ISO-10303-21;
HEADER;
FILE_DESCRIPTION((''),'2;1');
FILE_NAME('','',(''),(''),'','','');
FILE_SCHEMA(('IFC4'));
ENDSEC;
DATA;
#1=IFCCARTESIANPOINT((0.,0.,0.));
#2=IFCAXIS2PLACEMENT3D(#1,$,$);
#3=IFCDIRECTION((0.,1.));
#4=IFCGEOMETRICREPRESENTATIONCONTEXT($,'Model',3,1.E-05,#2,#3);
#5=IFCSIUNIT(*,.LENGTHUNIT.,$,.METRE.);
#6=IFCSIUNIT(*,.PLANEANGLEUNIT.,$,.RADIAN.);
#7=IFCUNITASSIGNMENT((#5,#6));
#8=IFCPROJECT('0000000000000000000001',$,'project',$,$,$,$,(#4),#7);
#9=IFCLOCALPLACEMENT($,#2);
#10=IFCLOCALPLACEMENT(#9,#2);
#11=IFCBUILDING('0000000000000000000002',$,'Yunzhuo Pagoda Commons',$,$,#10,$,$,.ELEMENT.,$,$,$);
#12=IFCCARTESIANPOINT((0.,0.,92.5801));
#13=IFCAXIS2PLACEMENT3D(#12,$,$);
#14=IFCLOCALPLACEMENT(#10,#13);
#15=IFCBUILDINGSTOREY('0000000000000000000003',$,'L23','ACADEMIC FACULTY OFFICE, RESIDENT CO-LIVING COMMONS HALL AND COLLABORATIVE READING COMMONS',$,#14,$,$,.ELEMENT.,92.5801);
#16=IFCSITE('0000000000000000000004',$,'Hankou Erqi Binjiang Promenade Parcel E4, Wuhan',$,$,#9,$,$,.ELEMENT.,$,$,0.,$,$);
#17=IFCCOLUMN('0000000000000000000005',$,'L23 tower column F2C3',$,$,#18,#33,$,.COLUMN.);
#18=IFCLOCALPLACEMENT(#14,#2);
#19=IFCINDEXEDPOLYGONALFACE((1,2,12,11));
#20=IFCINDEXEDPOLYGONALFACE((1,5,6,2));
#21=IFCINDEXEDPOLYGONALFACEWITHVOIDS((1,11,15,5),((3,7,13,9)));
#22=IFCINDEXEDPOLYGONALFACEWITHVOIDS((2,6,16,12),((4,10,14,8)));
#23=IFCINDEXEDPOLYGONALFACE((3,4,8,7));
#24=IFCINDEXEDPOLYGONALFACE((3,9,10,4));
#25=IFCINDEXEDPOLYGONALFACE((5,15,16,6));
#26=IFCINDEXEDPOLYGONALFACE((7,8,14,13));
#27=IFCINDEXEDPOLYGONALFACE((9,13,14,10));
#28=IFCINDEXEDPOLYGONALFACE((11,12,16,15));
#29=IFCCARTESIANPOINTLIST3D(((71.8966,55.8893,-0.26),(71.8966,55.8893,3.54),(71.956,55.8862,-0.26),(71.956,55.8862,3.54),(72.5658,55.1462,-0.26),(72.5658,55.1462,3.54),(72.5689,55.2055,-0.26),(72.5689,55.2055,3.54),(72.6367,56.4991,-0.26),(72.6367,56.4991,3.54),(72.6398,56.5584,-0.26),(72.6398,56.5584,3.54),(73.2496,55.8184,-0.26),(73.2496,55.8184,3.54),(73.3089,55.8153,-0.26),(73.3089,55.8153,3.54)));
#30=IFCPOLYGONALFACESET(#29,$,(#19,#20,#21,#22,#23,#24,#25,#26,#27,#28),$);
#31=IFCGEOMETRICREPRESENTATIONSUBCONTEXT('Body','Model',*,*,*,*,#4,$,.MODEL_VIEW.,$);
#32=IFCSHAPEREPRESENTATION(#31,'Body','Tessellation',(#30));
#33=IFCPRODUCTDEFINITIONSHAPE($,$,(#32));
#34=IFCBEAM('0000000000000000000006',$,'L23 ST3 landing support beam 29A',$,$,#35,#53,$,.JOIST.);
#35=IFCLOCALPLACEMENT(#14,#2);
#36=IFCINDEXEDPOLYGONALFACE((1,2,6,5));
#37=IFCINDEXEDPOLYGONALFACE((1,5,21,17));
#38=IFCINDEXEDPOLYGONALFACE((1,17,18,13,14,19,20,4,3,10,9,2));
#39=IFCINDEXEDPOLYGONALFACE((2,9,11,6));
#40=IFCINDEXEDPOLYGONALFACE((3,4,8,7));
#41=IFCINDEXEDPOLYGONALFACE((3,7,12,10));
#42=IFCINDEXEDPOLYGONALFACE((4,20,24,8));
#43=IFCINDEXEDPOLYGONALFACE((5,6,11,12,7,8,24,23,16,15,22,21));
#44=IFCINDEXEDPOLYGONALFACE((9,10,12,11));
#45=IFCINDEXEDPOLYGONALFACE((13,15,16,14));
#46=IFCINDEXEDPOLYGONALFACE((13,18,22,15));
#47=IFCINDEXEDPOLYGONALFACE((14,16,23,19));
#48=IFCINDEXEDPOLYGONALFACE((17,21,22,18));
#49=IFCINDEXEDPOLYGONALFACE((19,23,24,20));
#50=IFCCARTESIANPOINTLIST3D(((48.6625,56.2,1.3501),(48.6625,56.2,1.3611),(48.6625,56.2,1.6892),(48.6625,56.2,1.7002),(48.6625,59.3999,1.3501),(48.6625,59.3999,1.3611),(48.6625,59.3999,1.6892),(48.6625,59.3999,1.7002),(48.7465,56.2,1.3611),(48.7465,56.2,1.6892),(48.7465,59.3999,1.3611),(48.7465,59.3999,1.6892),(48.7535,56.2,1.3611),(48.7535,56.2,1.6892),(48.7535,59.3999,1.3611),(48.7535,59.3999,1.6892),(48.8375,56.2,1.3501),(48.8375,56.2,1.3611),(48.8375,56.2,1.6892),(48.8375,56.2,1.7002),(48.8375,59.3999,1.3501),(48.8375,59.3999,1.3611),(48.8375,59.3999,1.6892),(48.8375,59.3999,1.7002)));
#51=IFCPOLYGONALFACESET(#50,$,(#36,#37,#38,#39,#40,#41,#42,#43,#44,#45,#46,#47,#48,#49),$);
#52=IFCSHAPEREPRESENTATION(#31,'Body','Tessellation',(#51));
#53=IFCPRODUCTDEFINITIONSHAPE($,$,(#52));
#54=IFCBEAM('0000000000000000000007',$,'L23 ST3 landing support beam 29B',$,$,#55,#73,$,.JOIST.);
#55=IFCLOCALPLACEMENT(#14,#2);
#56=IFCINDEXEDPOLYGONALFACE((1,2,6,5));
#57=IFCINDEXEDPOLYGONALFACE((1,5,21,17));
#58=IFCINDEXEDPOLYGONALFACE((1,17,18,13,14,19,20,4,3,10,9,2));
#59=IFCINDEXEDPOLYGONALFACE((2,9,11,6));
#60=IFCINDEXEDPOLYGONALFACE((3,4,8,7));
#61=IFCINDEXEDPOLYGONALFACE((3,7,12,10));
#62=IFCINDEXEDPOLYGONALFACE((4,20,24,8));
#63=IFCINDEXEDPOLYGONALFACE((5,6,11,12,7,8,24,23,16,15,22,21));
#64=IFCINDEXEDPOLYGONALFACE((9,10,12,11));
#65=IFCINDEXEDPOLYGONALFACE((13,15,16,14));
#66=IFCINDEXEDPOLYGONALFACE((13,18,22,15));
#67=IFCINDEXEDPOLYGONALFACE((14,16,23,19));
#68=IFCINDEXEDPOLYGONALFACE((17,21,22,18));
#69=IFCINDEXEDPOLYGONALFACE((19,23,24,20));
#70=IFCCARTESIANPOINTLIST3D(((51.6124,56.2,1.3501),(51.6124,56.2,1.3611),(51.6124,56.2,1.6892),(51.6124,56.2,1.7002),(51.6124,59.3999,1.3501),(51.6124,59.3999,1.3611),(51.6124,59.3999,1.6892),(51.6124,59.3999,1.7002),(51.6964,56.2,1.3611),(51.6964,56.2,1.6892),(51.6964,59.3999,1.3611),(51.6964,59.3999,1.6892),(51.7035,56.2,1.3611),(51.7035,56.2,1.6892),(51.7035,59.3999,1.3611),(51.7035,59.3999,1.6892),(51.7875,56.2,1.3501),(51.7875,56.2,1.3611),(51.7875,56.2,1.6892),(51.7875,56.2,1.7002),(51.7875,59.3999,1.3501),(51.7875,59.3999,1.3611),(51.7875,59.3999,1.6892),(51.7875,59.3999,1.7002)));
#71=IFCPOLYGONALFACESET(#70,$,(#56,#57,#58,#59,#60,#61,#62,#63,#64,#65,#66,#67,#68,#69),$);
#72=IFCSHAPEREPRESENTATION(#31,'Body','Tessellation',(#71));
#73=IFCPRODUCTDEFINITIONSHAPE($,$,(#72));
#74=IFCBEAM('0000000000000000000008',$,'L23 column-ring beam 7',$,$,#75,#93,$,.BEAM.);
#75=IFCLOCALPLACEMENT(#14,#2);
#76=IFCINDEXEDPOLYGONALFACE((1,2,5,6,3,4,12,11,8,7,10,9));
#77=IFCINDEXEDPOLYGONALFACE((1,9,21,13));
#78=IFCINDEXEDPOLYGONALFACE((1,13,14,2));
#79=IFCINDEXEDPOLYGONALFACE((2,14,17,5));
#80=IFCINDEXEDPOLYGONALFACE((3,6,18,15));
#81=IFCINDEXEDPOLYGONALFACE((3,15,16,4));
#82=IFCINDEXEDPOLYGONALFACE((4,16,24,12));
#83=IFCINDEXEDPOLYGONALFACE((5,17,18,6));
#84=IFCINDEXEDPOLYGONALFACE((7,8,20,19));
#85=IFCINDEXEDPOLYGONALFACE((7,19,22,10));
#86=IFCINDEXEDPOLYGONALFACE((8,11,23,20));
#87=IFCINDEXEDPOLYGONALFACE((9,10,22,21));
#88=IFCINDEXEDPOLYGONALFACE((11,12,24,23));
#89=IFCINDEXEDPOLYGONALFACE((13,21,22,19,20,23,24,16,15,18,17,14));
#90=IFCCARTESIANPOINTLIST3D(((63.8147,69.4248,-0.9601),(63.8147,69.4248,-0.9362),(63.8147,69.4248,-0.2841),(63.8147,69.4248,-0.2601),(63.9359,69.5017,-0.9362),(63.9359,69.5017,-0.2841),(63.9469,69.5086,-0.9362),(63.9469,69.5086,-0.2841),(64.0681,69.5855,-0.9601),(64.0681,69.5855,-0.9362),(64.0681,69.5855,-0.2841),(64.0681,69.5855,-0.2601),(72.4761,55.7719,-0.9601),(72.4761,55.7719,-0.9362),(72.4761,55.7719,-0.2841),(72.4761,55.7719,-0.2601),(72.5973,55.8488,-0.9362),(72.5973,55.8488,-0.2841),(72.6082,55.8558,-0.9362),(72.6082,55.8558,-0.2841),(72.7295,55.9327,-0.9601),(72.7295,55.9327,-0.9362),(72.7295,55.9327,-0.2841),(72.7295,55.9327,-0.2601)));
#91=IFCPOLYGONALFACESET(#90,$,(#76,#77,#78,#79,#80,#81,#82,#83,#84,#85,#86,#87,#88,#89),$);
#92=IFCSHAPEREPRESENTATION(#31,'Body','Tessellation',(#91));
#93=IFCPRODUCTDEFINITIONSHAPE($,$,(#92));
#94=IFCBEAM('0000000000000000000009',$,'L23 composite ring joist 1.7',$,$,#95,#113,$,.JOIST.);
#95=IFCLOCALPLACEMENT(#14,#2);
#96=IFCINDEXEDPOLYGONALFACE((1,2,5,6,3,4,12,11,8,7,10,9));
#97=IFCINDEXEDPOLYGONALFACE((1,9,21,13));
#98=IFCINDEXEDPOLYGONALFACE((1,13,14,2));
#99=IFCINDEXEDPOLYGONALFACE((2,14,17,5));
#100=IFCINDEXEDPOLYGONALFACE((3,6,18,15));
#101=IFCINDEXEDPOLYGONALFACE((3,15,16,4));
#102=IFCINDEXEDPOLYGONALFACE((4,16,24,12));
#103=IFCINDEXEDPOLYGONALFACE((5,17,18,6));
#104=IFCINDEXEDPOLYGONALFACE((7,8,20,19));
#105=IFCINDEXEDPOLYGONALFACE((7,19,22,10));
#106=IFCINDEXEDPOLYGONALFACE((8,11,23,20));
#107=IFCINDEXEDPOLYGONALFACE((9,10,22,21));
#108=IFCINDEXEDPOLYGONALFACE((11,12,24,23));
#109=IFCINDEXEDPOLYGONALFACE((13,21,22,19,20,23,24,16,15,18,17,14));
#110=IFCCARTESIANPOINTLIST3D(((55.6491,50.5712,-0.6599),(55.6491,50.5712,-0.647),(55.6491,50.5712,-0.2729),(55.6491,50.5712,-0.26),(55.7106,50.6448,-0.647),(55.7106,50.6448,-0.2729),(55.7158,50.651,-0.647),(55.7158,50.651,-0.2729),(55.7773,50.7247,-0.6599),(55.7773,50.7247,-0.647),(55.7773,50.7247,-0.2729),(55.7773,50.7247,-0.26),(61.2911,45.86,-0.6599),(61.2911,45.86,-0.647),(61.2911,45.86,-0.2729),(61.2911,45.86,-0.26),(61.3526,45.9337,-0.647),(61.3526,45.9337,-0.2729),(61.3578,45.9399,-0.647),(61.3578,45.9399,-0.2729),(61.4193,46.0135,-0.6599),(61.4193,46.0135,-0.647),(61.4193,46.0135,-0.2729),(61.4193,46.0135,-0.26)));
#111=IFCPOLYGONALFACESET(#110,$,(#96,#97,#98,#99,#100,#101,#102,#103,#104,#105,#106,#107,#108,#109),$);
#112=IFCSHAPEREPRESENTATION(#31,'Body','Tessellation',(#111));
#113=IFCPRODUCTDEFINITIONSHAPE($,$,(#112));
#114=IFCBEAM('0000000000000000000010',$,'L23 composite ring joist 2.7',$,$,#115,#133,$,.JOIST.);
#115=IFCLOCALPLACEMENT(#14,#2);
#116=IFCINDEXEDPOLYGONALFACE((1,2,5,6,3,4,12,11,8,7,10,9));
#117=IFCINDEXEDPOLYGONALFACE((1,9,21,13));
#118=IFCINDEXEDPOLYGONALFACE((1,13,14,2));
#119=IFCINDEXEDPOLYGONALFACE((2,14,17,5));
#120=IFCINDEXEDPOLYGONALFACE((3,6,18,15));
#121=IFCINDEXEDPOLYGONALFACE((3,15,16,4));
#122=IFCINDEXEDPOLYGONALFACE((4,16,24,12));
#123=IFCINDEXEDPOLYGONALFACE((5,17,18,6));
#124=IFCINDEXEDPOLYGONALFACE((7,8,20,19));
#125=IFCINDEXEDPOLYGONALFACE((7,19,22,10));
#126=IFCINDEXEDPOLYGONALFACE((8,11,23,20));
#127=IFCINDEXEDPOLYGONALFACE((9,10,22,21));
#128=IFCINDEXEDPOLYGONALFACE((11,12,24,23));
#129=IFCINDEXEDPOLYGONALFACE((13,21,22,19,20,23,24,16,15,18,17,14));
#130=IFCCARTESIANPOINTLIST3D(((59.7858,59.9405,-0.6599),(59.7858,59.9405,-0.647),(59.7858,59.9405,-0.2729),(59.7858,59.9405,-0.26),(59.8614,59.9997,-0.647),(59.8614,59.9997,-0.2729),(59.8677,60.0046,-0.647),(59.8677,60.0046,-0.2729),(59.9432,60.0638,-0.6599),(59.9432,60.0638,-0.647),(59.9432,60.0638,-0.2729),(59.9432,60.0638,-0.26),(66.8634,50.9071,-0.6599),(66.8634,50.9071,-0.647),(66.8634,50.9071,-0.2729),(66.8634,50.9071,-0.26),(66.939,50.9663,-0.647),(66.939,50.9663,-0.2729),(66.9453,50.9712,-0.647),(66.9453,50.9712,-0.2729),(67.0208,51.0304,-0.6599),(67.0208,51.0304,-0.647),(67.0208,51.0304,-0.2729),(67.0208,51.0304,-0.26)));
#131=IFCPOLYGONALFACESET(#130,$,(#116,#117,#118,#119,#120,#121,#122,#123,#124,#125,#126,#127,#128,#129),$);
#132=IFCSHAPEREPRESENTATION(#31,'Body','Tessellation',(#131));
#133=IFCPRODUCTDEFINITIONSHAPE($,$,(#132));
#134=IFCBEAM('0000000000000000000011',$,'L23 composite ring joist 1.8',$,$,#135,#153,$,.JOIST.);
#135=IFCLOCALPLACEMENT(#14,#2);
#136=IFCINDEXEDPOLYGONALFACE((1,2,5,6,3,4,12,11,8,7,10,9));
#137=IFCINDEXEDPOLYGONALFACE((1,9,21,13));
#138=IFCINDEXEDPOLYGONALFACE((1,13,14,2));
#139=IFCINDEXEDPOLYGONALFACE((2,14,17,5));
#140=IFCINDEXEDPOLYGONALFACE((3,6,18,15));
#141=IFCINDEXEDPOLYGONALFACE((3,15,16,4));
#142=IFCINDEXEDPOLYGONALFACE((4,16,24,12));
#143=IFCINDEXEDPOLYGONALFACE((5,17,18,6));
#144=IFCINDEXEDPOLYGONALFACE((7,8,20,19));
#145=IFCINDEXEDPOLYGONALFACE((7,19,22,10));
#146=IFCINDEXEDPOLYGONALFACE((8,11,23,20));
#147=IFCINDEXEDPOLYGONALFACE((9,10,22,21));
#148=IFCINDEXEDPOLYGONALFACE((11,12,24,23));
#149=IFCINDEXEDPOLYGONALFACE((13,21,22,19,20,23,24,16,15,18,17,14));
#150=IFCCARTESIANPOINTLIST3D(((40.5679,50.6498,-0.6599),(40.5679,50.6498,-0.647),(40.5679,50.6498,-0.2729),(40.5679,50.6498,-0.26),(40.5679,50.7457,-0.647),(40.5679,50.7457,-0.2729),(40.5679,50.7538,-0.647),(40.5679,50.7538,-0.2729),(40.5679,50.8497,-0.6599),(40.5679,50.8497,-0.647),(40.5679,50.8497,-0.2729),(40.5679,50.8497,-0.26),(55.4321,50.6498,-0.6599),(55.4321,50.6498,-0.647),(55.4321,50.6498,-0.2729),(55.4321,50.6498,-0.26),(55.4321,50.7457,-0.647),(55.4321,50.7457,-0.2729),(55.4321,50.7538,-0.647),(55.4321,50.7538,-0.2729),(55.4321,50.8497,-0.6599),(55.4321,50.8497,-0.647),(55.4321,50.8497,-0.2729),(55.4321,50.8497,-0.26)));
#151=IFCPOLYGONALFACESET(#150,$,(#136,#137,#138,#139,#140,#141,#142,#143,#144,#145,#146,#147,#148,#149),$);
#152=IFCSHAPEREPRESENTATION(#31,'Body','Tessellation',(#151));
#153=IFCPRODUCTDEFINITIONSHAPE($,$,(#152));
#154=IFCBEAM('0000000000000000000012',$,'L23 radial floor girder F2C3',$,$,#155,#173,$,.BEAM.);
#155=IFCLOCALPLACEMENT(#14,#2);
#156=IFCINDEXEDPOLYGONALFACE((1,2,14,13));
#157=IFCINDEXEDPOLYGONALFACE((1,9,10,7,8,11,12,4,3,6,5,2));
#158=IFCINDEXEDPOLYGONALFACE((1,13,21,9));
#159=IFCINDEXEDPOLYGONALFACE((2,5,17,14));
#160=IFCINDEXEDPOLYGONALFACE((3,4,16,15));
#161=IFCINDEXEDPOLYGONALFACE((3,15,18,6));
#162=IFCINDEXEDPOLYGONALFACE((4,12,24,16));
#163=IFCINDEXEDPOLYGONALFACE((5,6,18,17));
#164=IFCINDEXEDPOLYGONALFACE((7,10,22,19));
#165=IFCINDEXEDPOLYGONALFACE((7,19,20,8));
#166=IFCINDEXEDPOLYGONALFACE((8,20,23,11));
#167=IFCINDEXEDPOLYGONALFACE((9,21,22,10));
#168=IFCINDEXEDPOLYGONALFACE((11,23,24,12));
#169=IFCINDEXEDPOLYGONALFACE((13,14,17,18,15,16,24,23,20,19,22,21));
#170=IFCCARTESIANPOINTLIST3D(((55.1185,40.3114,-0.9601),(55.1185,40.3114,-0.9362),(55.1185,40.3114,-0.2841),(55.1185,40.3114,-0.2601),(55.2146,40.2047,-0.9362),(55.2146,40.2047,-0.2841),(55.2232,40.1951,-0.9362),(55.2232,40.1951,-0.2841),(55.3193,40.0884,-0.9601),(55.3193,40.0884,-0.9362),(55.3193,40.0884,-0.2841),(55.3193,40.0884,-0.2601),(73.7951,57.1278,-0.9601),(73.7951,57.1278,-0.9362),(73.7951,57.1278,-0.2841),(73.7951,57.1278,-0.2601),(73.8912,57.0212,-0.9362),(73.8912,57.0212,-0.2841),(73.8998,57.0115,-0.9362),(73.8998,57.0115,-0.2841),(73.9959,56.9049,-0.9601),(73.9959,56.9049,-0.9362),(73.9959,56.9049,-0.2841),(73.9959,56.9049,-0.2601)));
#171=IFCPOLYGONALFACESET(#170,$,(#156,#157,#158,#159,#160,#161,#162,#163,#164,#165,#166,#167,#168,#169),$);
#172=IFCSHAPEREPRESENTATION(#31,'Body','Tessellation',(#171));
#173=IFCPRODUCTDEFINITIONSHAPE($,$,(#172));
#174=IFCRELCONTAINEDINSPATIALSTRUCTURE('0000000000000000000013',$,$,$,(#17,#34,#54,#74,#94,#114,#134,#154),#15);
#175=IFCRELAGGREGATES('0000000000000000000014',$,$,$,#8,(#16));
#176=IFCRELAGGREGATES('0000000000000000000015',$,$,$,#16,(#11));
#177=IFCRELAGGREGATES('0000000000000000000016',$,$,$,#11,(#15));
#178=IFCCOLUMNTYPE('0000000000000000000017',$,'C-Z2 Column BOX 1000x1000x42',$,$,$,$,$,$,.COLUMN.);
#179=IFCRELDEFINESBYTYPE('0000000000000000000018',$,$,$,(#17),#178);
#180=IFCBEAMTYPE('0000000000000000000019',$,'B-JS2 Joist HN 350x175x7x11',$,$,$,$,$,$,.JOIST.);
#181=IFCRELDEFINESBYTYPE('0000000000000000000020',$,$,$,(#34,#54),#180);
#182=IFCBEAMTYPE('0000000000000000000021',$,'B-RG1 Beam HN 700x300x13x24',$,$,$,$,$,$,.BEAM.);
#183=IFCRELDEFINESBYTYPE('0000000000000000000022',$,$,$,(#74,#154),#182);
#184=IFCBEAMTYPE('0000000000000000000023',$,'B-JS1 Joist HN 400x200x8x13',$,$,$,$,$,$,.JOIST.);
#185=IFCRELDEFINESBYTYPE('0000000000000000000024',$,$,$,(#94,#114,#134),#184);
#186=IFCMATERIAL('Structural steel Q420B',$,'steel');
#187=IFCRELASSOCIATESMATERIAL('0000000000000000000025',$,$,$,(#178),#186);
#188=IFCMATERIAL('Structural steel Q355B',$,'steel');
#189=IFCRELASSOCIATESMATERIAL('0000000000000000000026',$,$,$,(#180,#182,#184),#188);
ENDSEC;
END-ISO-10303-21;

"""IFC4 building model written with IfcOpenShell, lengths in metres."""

from ifc_helpers import new_model, si_unit, direction, frame, origin, origin_2d, place, context, subcontext, project, spatial, hollow_rectangle, i_section, extrude, source, transform, mapped, material, material_profile, profile_set, type_object, element, save


model = new_model("IFC4")

# Units and contexts
model_context = context("Model", 3, precision=1e-05, world=origin(), true_north=direction((0.0, 1.0)))
body_context = subcontext(model_context, "Body", "Model", "MODEL_VIEW")
ifc_project = project(units=[si_unit("LENGTHUNIT", "METRE"), si_unit("PLANEANGLEUNIT", "RADIAN")], contexts=[model_context])

# Site, building, storey
site_placement = place(None, origin())
site = spatial("IfcSite", under=ifc_project, at=site_placement, Name="Hankou Erqi Binjiang Promenade Parcel E4, Wuhan", CompositionType="ELEMENT", RefElevation=0.0)
building_placement = place(site_placement, origin())
building = spatial("IfcBuilding", under=site, at=building_placement, Name="Yunzhuo Pagoda Commons", CompositionType="ELEMENT")
storey_placement = place(building_placement, frame((0.0, 0.0, 92.5801)))
storey = spatial("IfcBuildingStorey", under=building, at=storey_placement, Name="L23", Description="ACADEMIC FACULTY OFFICE, RESIDENT CO-LIVING COMMONS HALL AND COLLABORATIVE READING COMMONS", CompositionType="ELEMENT", Elevation=92.5801)

# Column
ifc_material_1 = material(Name="Structural steel Q420B", Category="steel")
ifc_material_profile_1 = material_profile(ifc_material_1, hollow_rectangle(XDim=1.0, YDim=1.0, WallThickness=0.042, at=origin_2d()), Name="Structural steel Q420B")
ifc_profile_set_1 = profile_set([ifc_material_profile_1], Name="Structural steel Q420B")
column_type = type_object("IfcColumnType", Name="C-Z2 Column BOX 1000x1000x42", PredefinedType="COLUMN", material=ifc_profile_set_1)
shared_shape_1 = source(origin(), body_context, "Body", "SweptSolid", [
    extrude(hollow_rectangle(XDim=1.0, YDim=1.0, WallThickness=0.042, at=origin_2d()), origin(), (0.0, 0.0, 1.0), 3.8),
])
column_placement = place(storey_placement, frame((72.6028, 55.8523, -0.26), z_axis=(0.0, 0.0, 1.0), x_axis=(-0.669131, 0.743145, 0.0)))
element("IfcColumn", 1, at=column_placement, inside=storey, type_object=column_type, Name="L23 tower column F2C3", PredefinedType="COLUMN", context=body_context, shape_type="MappedRepresentation", body=[
    mapped(shared_shape_1, transform((0.0, 0.0, 0.0), scale=1.0)),
])

# Beams
ifc_material_2 = material(Name="Structural steel Q355B", Category="steel")
ifc_material_profile_2 = material_profile(ifc_material_2, i_section(OverallWidth=0.175, OverallDepth=0.3501, WebThickness=0.0071, FlangeThickness=0.011, at=origin_2d()), Name="Structural steel Q355B")
ifc_profile_set_2 = profile_set([ifc_material_profile_2], Name="Structural steel Q355B")
beam_type_1 = type_object("IfcBeamType", Name="B-JS2 Joist HN 350x175x7x11", PredefinedType="JOIST", material=ifc_profile_set_2)
shared_shape_2 = source(origin(), body_context, "Body", "SweptSolid", [
    extrude(i_section(OverallWidth=0.175, OverallDepth=0.3501, WebThickness=0.0071, FlangeThickness=0.011, at=origin_2d()), origin(), (0.0, 0.0, 1.0), 3.2),
])
for number, where, z_axis, x_axis, name in (
    (2, (48.75, 56.2, 1.5251), (0.0, 1.0, 0.0), (-1.0, 0.0, 0.0), "L23 ST3 landing support beam 29A"),
    (3, (51.7, 56.2, 1.5251), (0.0, 1.0, 0.0), (-1.0, 0.0, 0.0), "L23 ST3 landing support beam 29B"),
):
    element("IfcBeam", number, at=place(storey_placement, frame(where, z_axis=z_axis, x_axis=x_axis)), inside=storey, type_object=beam_type_1, Name=name, PredefinedType="JOIST", context=body_context, shape_type="MappedRepresentation", body=[
        mapped(shared_shape_2, transform((0.0, 0.0, 0.0), scale=1.0)),
    ])
ifc_material_profile_3 = material_profile(ifc_material_2, i_section(OverallWidth=0.3, OverallDepth=0.7, WebThickness=0.0129, FlangeThickness=0.0239, at=origin_2d()), Name="Structural steel Q355B")
ifc_profile_set_3 = profile_set([ifc_material_profile_3], Name="Structural steel Q355B")
beam_type_2 = type_object("IfcBeamType", Name="B-RG1 Beam HN 700x300x13x24", PredefinedType="BEAM", material=ifc_profile_set_3)
shared_shape_3 = source(origin(), body_context, "Body", "SweptSolid", [
    extrude(i_section(OverallWidth=0.3, OverallDepth=0.7, WebThickness=0.0129, FlangeThickness=0.0239, at=origin_2d()), origin(), (0.0, 0.0, 1.0), 16.1685),
])
beam_1_placement = place(storey_placement, frame((72.6028, 55.8523, -0.6101), z_axis=(-0.535696, 0.844411, 0.0), x_axis=(-0.844411, -0.535696, 0.0)))
element("IfcBeam", 4, at=beam_1_placement, inside=storey, type_object=beam_type_2, Name="L23 column-ring beam 7", PredefinedType="BEAM", context=body_context, shape_type="MappedRepresentation", body=[
    mapped(shared_shape_3, transform((0.0, 0.0, 0.0), scale=1.0)),
])
ifc_material_profile_4 = material_profile(ifc_material_2, i_section(OverallWidth=0.2, OverallDepth=0.3999, WebThickness=0.0081, FlangeThickness=0.0129, at=origin_2d()), Name="Structural steel Q355B")
ifc_profile_set_4 = profile_set([ifc_material_profile_4], Name="Structural steel Q355B")
beam_type_3 = type_object("IfcBeamType", Name="B-JS1 Joist HN 400x200x8x13", PredefinedType="JOIST", material=ifc_profile_set_4)
shared_shape_4 = source(origin(), body_context, "Body", "SweptSolid", [
    extrude(i_section(OverallWidth=0.2, OverallDepth=0.3999, WebThickness=0.0081, FlangeThickness=0.0129, at=origin_2d()), origin(), (0.0, 0.0, 1.0), 7.3503),
])
beam_2_placement = place(storey_placement, frame((61.3552, 45.9368, -0.46), z_axis=(-0.767589, 0.640942, 0.0), x_axis=(-0.640942, -0.767589, 0.0)))
element("IfcBeam", 5, at=beam_2_placement, inside=storey, type_object=beam_type_3, Name="L23 composite ring joist 1.7", PredefinedType="JOIST", context=body_context, shape_type="MappedRepresentation", body=[
    mapped(shared_shape_4, transform((0.0, 0.0, 0.0), scale=1.0)),
])
shared_shape_5 = source(origin(), body_context, "Body", "SweptSolid", [
    extrude(i_section(OverallWidth=0.2, OverallDepth=0.3999, WebThickness=0.0081, FlangeThickness=0.0129, at=origin_2d()), origin(), (0.0, 0.0, 1.0), 11.4758),
])
beam_3_placement = place(storey_placement, frame((66.9421, 50.9688, -0.46), z_axis=(-0.61674, 0.787167, 0.0), x_axis=(-0.787167, -0.61674, 0.0)))
element("IfcBeam", 6, at=beam_3_placement, inside=storey, type_object=beam_type_3, Name="L23 composite ring joist 2.7", PredefinedType="JOIST", context=body_context, shape_type="MappedRepresentation", body=[
    mapped(shared_shape_5, transform((0.0, 0.0, 0.0), scale=1.0)),
])
shared_shape_6 = source(origin(), body_context, "Body", "SweptSolid", [
    extrude(i_section(OverallWidth=0.2, OverallDepth=0.3999, WebThickness=0.0081, FlangeThickness=0.0129, at=origin_2d()), origin(), (0.0, 0.0, 1.0), 14.8643),
])
beam_4_placement = place(storey_placement, frame((55.4321, 50.7498, -0.46), z_axis=(-1.0, 0.0, 0.0), x_axis=(0.0, -1.0, 0.0)))
element("IfcBeam", 7, at=beam_4_placement, inside=storey, type_object=beam_type_3, Name="L23 composite ring joist 1.8", PredefinedType="JOIST", context=body_context, shape_type="MappedRepresentation", body=[
    mapped(shared_shape_6, transform((0.0, 0.0, 0.0), scale=1.0)),
])
shared_shape_7 = source(origin(), body_context, "Body", "SweptSolid", [
    extrude(i_section(OverallWidth=0.3, OverallDepth=0.7, WebThickness=0.0129, FlangeThickness=0.0239, at=origin_2d()), origin(), (0.0, 0.0, 1.0), 25.1318),
])
beam_5_placement = place(storey_placement, frame((73.8955, 57.0164, -0.6101), z_axis=(-0.743145, -0.669131, 0.0), x_axis=(0.669131, -0.743145, 0.0)))
element("IfcBeam", 8, at=beam_5_placement, inside=storey, type_object=beam_type_2, Name="L23 radial floor girder F2C3", PredefinedType="BEAM", context=body_context, shape_type="MappedRepresentation", body=[
    mapped(shared_shape_7, transform((0.0, 0.0, 0.0), scale=1.0)),
])

save(model, "model.ifc")
